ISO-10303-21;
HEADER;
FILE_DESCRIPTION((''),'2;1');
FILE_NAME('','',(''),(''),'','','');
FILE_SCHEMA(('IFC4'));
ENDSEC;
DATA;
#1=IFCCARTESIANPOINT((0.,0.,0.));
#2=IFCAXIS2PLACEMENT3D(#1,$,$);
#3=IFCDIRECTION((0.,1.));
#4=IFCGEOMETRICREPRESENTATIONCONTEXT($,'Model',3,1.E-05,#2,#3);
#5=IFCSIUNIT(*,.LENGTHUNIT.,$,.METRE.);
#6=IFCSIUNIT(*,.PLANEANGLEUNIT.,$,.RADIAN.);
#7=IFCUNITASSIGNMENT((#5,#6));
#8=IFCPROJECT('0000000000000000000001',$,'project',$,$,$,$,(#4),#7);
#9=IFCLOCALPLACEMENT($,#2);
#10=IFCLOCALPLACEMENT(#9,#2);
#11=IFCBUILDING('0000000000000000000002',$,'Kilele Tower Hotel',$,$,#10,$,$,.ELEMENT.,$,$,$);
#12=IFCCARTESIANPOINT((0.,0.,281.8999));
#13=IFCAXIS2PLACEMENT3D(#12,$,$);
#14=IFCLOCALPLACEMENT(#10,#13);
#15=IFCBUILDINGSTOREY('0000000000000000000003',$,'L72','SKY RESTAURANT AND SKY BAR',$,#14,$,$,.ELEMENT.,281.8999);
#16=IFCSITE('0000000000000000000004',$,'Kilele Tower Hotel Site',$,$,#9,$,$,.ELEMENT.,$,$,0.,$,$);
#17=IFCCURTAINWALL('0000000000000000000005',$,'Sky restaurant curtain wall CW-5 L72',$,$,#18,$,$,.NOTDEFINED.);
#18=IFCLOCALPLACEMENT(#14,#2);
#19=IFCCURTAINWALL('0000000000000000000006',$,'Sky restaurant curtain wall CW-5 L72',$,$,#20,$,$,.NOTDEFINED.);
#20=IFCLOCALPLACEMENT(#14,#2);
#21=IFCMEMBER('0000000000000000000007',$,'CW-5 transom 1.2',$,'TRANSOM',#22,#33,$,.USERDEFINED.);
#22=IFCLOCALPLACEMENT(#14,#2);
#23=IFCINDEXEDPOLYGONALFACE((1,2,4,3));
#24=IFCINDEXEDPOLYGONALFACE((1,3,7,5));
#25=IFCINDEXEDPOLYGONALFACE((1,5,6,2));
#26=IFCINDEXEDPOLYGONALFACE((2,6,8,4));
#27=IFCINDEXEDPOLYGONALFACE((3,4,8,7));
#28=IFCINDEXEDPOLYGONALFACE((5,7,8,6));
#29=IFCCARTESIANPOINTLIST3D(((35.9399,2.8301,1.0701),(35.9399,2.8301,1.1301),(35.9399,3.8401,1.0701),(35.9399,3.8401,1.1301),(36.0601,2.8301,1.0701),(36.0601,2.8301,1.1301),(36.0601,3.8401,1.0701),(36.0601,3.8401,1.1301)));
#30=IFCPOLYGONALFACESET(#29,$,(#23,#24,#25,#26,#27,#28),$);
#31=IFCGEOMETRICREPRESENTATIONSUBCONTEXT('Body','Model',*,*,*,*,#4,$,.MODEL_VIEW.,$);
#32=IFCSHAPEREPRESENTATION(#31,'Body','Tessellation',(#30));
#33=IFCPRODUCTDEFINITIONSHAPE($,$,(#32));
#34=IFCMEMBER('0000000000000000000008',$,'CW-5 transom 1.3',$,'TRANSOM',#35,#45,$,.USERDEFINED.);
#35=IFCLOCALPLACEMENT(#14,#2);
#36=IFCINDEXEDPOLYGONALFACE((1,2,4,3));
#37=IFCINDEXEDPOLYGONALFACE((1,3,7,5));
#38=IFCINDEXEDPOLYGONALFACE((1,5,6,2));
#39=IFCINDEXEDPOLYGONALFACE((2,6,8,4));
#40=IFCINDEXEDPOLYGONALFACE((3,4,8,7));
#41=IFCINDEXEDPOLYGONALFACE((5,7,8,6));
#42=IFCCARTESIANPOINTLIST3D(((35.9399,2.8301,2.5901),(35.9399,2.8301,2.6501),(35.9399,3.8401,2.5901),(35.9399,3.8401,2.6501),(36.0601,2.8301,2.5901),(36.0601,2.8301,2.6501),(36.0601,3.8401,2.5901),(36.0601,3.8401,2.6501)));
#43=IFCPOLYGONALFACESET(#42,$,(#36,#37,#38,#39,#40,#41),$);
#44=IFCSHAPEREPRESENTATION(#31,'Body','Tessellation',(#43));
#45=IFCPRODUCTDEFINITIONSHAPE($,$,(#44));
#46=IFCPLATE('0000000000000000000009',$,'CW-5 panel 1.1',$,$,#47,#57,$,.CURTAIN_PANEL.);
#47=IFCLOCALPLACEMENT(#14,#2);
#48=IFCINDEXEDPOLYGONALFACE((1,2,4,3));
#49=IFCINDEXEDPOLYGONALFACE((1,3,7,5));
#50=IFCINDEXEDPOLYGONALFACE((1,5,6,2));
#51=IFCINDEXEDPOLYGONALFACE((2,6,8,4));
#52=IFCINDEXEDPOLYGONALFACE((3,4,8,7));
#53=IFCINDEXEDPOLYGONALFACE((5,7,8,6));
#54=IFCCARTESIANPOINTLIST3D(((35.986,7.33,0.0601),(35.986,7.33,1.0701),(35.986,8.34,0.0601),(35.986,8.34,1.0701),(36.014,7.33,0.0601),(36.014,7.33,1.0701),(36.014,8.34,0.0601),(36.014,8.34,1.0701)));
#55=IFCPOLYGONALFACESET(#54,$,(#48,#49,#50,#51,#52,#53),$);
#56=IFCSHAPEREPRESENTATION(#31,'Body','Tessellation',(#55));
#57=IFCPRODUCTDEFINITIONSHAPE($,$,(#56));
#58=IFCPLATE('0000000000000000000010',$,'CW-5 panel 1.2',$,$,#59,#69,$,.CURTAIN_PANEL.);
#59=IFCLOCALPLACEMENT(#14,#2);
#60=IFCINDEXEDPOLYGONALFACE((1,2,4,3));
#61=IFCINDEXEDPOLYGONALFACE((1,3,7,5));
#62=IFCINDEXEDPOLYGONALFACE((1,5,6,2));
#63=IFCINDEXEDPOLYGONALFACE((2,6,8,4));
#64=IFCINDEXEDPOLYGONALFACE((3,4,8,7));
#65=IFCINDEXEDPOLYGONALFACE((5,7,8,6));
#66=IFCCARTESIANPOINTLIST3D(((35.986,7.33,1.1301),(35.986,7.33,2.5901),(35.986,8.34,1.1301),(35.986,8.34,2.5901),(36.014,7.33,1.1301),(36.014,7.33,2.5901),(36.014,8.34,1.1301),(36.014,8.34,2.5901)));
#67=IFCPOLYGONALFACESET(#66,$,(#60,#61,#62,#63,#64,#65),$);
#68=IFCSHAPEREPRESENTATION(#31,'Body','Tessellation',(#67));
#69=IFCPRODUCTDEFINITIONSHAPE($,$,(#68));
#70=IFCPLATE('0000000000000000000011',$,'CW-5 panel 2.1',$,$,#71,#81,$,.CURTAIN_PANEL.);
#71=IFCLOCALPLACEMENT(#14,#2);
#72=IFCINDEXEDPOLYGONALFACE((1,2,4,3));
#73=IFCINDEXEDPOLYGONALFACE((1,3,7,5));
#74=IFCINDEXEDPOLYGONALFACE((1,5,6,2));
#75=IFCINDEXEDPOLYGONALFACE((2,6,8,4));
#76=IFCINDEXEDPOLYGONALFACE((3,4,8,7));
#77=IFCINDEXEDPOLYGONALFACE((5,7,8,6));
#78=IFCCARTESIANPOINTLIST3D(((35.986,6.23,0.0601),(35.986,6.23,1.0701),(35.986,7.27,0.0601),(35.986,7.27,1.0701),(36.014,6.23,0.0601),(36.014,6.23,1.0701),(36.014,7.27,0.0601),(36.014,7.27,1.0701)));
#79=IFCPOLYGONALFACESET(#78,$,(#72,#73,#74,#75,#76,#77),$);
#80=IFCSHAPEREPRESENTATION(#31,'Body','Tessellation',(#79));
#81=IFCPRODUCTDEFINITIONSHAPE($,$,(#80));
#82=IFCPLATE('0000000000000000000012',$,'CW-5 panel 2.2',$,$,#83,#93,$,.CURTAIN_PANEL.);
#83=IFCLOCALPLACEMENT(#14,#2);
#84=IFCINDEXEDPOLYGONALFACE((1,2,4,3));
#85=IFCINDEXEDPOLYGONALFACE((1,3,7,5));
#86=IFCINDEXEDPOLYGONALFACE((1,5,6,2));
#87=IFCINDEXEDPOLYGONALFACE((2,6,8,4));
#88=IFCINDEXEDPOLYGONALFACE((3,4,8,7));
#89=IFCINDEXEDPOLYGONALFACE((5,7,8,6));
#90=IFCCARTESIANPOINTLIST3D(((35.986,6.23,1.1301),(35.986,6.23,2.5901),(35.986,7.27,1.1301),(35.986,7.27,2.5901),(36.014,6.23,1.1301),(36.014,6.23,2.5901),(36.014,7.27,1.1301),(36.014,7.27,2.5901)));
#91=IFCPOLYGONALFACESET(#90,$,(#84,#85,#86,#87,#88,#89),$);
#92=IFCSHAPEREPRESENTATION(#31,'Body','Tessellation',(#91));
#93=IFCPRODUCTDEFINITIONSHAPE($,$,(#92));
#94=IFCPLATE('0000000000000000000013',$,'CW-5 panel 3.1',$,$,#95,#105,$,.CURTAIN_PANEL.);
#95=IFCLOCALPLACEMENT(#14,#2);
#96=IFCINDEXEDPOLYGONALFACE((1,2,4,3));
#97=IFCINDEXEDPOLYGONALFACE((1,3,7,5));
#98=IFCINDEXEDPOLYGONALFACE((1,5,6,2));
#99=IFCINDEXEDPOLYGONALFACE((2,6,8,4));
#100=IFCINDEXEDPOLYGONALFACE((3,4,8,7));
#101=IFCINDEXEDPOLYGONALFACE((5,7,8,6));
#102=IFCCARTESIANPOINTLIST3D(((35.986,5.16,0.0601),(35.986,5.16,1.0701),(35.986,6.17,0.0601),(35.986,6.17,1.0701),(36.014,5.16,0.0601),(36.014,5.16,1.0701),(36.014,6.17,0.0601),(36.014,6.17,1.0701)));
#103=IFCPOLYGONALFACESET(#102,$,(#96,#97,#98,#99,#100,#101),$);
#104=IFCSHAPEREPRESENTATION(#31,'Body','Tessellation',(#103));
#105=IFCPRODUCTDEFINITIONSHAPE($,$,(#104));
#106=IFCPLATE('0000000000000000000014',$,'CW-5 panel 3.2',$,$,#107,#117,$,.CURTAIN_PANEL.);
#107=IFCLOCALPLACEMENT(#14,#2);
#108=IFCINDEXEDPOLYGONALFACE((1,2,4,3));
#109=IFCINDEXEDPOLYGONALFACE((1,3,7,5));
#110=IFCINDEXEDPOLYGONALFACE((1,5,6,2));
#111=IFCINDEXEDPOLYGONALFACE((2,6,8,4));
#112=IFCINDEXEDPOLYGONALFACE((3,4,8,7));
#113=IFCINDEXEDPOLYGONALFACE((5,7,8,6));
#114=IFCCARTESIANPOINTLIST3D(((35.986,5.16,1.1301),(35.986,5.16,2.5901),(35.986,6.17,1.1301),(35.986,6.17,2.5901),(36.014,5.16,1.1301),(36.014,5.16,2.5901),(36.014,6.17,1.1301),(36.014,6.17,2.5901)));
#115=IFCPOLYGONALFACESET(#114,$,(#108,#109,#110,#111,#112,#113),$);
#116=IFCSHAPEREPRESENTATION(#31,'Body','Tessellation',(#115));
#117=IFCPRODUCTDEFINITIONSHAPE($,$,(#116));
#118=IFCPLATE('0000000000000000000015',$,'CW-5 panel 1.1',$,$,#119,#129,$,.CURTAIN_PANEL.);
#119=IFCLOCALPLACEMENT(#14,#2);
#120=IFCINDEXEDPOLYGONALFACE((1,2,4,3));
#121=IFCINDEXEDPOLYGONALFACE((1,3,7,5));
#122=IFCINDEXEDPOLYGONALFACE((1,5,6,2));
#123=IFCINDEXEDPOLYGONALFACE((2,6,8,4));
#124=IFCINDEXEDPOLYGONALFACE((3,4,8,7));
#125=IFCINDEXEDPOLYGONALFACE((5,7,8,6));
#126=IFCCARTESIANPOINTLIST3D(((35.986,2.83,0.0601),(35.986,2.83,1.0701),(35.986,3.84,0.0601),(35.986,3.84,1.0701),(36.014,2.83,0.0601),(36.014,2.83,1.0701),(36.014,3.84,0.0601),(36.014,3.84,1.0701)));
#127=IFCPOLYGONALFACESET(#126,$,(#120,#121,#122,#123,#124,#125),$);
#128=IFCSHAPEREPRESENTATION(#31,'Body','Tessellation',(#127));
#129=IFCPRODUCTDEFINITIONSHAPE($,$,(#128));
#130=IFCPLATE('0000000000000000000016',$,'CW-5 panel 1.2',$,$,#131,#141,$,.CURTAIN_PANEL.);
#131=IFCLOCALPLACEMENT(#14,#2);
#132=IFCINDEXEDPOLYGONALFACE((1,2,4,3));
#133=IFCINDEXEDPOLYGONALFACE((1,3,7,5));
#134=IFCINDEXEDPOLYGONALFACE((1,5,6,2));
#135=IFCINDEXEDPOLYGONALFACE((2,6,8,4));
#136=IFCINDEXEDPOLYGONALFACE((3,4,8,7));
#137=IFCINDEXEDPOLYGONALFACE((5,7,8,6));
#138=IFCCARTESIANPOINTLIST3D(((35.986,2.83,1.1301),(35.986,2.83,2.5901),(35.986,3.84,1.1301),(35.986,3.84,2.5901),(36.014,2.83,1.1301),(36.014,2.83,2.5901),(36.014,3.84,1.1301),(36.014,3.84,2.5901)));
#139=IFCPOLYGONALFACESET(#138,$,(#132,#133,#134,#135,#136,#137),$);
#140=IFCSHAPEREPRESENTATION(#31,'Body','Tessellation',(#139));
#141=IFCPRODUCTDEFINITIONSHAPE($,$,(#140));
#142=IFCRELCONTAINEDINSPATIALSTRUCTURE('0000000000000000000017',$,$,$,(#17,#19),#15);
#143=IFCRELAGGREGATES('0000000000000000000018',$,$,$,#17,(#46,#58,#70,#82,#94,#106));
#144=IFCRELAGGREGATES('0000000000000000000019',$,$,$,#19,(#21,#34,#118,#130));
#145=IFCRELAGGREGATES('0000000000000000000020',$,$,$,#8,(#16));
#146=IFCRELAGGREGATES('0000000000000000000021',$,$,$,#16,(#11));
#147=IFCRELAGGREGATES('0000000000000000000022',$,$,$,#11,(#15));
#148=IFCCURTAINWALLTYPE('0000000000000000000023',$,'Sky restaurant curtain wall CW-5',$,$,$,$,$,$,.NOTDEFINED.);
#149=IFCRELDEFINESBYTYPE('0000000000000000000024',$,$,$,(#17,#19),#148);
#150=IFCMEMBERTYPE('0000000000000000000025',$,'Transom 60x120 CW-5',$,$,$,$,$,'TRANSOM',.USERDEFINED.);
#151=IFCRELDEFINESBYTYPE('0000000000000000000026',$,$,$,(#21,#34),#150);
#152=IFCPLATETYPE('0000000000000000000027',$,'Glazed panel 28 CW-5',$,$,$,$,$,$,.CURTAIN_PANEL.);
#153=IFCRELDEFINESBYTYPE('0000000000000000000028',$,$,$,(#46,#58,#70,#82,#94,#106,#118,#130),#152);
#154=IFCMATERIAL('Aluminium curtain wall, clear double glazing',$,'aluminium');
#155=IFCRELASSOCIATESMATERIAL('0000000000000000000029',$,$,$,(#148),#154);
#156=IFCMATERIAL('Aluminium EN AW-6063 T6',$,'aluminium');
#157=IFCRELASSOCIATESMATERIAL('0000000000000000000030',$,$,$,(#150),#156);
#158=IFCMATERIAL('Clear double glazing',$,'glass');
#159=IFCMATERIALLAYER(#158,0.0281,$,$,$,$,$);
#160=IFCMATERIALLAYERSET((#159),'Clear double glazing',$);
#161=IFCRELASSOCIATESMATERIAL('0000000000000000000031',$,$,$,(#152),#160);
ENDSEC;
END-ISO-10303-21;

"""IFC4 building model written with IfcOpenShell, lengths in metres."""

from ifc_helpers import new_model, si_unit, direction, frame, origin, origin_2d, place, context, subcontext, project, spatial, rectangle, extrude, material, layer, layer_set, material_profile, profile_set, type_object, element, aggregate, save


model = new_model("IFC4")

# Units and contexts
model_context = context("Model", 3, precision=1e-05, world=origin(), true_north=direction((0.0, 1.0)))
body_context = subcontext(model_context, "Body", "Model", "MODEL_VIEW")
ifc_project = project(units=[si_unit("LENGTHUNIT", "METRE"), si_unit("PLANEANGLEUNIT", "RADIAN")], contexts=[model_context])

# Site, building, storey
site_placement = place(None, origin())
site = spatial("IfcSite", under=ifc_project, at=site_placement, Name="Kilele Tower Hotel Site", CompositionType="ELEMENT", RefElevation=0.0)
building_placement = place(site_placement, origin())
building = spatial("IfcBuilding", under=site, at=building_placement, Name="Kilele Tower Hotel", CompositionType="ELEMENT")
storey_placement = place(building_placement, frame((0.0, 0.0, 281.8999)))
storey = spatial("IfcBuildingStorey", under=building, at=storey_placement, Name="L72", Description="SKY RESTAURANT AND SKY BAR", CompositionType="ELEMENT", Elevation=281.8999)

# Curtain wall
ifc_material_1 = material(Name="Aluminium curtain wall, clear double glazing", Category="aluminium")
curtain_wall_type = type_object("IfcCurtainWallType", Name="Sky restaurant curtain wall CW-5", PredefinedType="NOTDEFINED", material=ifc_material_1)
curtain_wall_1_placement = place(storey_placement, origin())
curtain_wall_1 = element("IfcCurtainWall", 1, at=curtain_wall_1_placement, inside=storey, type_object=curtain_wall_type, Name="Sky restaurant curtain wall CW-5 L72", PredefinedType="NOTDEFINED")

# Curtain wall
curtain_wall_2_placement = place(storey_placement, origin())
curtain_wall_2 = element("IfcCurtainWall", 2, at=curtain_wall_2_placement, inside=storey, type_object=curtain_wall_type, Name="Sky restaurant curtain wall CW-5 L72", PredefinedType="NOTDEFINED")

# Members
ifc_material_2 = material(Name="Aluminium EN AW-6063 T6", Category="aluminium")
ifc_material_profile_1 = material_profile(ifc_material_2, rectangle(XDim=0.1201, YDim=0.0601, at=origin_2d()))
ifc_profile_set_1 = profile_set([ifc_material_profile_1], Name="Aluminium EN AW-6063 T6")
member_type_1 = type_object("IfcMemberType", Name="Transom 60x120 CW-5", ElementType="TRANSOM", PredefinedType="USERDEFINED", material=ifc_profile_set_1)
member_1_placement = place(storey_placement, frame((36.0, 3.8401, 1.1001), z_axis=(0.0, -1.0, 0.0), x_axis=(1.0, 0.0, 0.0)))
member_1 = element("IfcMember", 3, at=member_1_placement, type_object=member_type_1, Name="CW-5 transom 1.2", ObjectType="TRANSOM", PredefinedType="USERDEFINED", context=body_context, shape_type="SweptSolid", body=[
    extrude(rectangle(XDim=0.1201, YDim=0.0601, at=origin_2d()), origin(), (0.0, 0.0, 1.0), 1.01),
])
member_2_placement = place(storey_placement, frame((36.0, 3.8401, 2.6201), z_axis=(0.0, -1.0, 0.0), x_axis=(1.0, 0.0, 0.0)))
member_2 = element("IfcMember", 4, at=member_2_placement, type_object=member_type_1, Name="CW-5 transom 1.3", ObjectType="TRANSOM", PredefinedType="USERDEFINED", context=body_context, shape_type="SweptSolid", body=[
    extrude(rectangle(XDim=0.1201, YDim=0.0601, at=origin_2d()), origin(), (0.0, 0.0, 1.0), 1.01),
])

# Plates
ifc_material_3 = material(Name="Clear double glazing", Category="glass")
ifc_layer = layer(ifc_material_3, 0.0281)
ifc_layer_set = layer_set([ifc_layer], Name="Clear double glazing")
plate_type = type_object("IfcPlateType", Name="Glazed panel 28 CW-5", PredefinedType="CURTAIN_PANEL", material=ifc_layer_set)
plate_1_placement = place(storey_placement, frame((36.0, 7.835, 0.0601), z_axis=(0.0, 0.0, 1.0), x_axis=(0.0, -1.0, 0.0)))
plate_1 = element("IfcPlate", 5, at=plate_1_placement, type_object=plate_type, Name="CW-5 panel 1.1", PredefinedType="CURTAIN_PANEL", context=body_context, shape_type="SweptSolid", body=[
    extrude(rectangle(XDim=1.01, YDim=0.0281, at=origin_2d()), origin(), (0.0, 0.0, 1.0), 1.01),
])
plate_2_placement = place(storey_placement, frame((36.0, 7.835, 1.1301), z_axis=(0.0, 0.0, 1.0), x_axis=(0.0, -1.0, 0.0)))
plate_2 = element("IfcPlate", 6, at=plate_2_placement, type_object=plate_type, Name="CW-5 panel 1.2", PredefinedType="CURTAIN_PANEL", context=body_context, shape_type="SweptSolid", body=[
    extrude(rectangle(XDim=1.01, YDim=0.0281, at=origin_2d()), origin(), (0.0, 0.0, 1.0), 1.46),
])
plate_3_placement = place(storey_placement, frame((36.0, 6.75, 0.0601), z_axis=(0.0, 0.0, 1.0), x_axis=(0.0, -1.0, 0.0)))
plate_3 = element("IfcPlate", 7, at=plate_3_placement, type_object=plate_type, Name="CW-5 panel 2.1", PredefinedType="CURTAIN_PANEL", context=body_context, shape_type="SweptSolid", body=[
    extrude(rectangle(XDim=1.04, YDim=0.0281, at=origin_2d()), origin(), (0.0, 0.0, 1.0), 1.01),
])
plate_4_placement = place(storey_placement, frame((36.0, 6.75, 1.1301), z_axis=(0.0, 0.0, 1.0), x_axis=(0.0, -1.0, 0.0)))
plate_4 = element("IfcPlate", 8, at=plate_4_placement, type_object=plate_type, Name="CW-5 panel 2.2", PredefinedType="CURTAIN_PANEL", context=body_context, shape_type="SweptSolid", body=[
    extrude(rectangle(XDim=1.04, YDim=0.0281, at=origin_2d()), origin(), (0.0, 0.0, 1.0), 1.46),
])
plate_5_placement = place(storey_placement, frame((36.0, 5.665, 0.0601), z_axis=(0.0, 0.0, 1.0), x_axis=(0.0, -1.0, 0.0)))
plate_5 = element("IfcPlate", 9, at=plate_5_placement, type_object=plate_type, Name="CW-5 panel 3.1", PredefinedType="CURTAIN_PANEL", context=body_context, shape_type="SweptSolid", body=[
    extrude(rectangle(XDim=1.01, YDim=0.0281, at=origin_2d()), origin(), (0.0, 0.0, 1.0), 1.01),
])
plate_6_placement = place(storey_placement, frame((36.0, 5.665, 1.1301), z_axis=(0.0, 0.0, 1.0), x_axis=(0.0, -1.0, 0.0)))
plate_6 = element("IfcPlate", 10, at=plate_6_placement, type_object=plate_type, Name="CW-5 panel 3.2", PredefinedType="CURTAIN_PANEL", context=body_context, shape_type="SweptSolid", body=[
    extrude(rectangle(XDim=1.01, YDim=0.0281, at=origin_2d()), origin(), (0.0, 0.0, 1.0), 1.46),
])
aggregate(curtain_wall_1, [plate_1, plate_2, plate_3, plate_4, plate_5, plate_6])
plate_7_placement = place(storey_placement, frame((36.0, 3.335, 0.0601), z_axis=(0.0, 0.0, 1.0), x_axis=(0.0, -1.0, 0.0)))
plate_7 = element("IfcPlate", 11, at=plate_7_placement, type_object=plate_type, Name="CW-5 panel 1.1", PredefinedType="CURTAIN_PANEL", context=body_context, shape_type="SweptSolid", body=[
    extrude(rectangle(XDim=1.01, YDim=0.0281, at=origin_2d()), origin(), (0.0, 0.0, 1.0), 1.01),
])
plate_8_placement = place(storey_placement, frame((36.0, 3.335, 1.1301), z_axis=(0.0, 0.0, 1.0), x_axis=(0.0, -1.0, 0.0)))
plate_8 = element("IfcPlate", 12, at=plate_8_placement, type_object=plate_type, Name="CW-5 panel 1.2", PredefinedType="CURTAIN_PANEL", context=body_context, shape_type="SweptSolid", body=[
    extrude(rectangle(XDim=1.01, YDim=0.0281, at=origin_2d()), origin(), (0.0, 0.0, 1.0), 1.46),
])
aggregate(curtain_wall_2, [member_1, member_2, plate_7, plate_8])

save(model, "model.ifc")
